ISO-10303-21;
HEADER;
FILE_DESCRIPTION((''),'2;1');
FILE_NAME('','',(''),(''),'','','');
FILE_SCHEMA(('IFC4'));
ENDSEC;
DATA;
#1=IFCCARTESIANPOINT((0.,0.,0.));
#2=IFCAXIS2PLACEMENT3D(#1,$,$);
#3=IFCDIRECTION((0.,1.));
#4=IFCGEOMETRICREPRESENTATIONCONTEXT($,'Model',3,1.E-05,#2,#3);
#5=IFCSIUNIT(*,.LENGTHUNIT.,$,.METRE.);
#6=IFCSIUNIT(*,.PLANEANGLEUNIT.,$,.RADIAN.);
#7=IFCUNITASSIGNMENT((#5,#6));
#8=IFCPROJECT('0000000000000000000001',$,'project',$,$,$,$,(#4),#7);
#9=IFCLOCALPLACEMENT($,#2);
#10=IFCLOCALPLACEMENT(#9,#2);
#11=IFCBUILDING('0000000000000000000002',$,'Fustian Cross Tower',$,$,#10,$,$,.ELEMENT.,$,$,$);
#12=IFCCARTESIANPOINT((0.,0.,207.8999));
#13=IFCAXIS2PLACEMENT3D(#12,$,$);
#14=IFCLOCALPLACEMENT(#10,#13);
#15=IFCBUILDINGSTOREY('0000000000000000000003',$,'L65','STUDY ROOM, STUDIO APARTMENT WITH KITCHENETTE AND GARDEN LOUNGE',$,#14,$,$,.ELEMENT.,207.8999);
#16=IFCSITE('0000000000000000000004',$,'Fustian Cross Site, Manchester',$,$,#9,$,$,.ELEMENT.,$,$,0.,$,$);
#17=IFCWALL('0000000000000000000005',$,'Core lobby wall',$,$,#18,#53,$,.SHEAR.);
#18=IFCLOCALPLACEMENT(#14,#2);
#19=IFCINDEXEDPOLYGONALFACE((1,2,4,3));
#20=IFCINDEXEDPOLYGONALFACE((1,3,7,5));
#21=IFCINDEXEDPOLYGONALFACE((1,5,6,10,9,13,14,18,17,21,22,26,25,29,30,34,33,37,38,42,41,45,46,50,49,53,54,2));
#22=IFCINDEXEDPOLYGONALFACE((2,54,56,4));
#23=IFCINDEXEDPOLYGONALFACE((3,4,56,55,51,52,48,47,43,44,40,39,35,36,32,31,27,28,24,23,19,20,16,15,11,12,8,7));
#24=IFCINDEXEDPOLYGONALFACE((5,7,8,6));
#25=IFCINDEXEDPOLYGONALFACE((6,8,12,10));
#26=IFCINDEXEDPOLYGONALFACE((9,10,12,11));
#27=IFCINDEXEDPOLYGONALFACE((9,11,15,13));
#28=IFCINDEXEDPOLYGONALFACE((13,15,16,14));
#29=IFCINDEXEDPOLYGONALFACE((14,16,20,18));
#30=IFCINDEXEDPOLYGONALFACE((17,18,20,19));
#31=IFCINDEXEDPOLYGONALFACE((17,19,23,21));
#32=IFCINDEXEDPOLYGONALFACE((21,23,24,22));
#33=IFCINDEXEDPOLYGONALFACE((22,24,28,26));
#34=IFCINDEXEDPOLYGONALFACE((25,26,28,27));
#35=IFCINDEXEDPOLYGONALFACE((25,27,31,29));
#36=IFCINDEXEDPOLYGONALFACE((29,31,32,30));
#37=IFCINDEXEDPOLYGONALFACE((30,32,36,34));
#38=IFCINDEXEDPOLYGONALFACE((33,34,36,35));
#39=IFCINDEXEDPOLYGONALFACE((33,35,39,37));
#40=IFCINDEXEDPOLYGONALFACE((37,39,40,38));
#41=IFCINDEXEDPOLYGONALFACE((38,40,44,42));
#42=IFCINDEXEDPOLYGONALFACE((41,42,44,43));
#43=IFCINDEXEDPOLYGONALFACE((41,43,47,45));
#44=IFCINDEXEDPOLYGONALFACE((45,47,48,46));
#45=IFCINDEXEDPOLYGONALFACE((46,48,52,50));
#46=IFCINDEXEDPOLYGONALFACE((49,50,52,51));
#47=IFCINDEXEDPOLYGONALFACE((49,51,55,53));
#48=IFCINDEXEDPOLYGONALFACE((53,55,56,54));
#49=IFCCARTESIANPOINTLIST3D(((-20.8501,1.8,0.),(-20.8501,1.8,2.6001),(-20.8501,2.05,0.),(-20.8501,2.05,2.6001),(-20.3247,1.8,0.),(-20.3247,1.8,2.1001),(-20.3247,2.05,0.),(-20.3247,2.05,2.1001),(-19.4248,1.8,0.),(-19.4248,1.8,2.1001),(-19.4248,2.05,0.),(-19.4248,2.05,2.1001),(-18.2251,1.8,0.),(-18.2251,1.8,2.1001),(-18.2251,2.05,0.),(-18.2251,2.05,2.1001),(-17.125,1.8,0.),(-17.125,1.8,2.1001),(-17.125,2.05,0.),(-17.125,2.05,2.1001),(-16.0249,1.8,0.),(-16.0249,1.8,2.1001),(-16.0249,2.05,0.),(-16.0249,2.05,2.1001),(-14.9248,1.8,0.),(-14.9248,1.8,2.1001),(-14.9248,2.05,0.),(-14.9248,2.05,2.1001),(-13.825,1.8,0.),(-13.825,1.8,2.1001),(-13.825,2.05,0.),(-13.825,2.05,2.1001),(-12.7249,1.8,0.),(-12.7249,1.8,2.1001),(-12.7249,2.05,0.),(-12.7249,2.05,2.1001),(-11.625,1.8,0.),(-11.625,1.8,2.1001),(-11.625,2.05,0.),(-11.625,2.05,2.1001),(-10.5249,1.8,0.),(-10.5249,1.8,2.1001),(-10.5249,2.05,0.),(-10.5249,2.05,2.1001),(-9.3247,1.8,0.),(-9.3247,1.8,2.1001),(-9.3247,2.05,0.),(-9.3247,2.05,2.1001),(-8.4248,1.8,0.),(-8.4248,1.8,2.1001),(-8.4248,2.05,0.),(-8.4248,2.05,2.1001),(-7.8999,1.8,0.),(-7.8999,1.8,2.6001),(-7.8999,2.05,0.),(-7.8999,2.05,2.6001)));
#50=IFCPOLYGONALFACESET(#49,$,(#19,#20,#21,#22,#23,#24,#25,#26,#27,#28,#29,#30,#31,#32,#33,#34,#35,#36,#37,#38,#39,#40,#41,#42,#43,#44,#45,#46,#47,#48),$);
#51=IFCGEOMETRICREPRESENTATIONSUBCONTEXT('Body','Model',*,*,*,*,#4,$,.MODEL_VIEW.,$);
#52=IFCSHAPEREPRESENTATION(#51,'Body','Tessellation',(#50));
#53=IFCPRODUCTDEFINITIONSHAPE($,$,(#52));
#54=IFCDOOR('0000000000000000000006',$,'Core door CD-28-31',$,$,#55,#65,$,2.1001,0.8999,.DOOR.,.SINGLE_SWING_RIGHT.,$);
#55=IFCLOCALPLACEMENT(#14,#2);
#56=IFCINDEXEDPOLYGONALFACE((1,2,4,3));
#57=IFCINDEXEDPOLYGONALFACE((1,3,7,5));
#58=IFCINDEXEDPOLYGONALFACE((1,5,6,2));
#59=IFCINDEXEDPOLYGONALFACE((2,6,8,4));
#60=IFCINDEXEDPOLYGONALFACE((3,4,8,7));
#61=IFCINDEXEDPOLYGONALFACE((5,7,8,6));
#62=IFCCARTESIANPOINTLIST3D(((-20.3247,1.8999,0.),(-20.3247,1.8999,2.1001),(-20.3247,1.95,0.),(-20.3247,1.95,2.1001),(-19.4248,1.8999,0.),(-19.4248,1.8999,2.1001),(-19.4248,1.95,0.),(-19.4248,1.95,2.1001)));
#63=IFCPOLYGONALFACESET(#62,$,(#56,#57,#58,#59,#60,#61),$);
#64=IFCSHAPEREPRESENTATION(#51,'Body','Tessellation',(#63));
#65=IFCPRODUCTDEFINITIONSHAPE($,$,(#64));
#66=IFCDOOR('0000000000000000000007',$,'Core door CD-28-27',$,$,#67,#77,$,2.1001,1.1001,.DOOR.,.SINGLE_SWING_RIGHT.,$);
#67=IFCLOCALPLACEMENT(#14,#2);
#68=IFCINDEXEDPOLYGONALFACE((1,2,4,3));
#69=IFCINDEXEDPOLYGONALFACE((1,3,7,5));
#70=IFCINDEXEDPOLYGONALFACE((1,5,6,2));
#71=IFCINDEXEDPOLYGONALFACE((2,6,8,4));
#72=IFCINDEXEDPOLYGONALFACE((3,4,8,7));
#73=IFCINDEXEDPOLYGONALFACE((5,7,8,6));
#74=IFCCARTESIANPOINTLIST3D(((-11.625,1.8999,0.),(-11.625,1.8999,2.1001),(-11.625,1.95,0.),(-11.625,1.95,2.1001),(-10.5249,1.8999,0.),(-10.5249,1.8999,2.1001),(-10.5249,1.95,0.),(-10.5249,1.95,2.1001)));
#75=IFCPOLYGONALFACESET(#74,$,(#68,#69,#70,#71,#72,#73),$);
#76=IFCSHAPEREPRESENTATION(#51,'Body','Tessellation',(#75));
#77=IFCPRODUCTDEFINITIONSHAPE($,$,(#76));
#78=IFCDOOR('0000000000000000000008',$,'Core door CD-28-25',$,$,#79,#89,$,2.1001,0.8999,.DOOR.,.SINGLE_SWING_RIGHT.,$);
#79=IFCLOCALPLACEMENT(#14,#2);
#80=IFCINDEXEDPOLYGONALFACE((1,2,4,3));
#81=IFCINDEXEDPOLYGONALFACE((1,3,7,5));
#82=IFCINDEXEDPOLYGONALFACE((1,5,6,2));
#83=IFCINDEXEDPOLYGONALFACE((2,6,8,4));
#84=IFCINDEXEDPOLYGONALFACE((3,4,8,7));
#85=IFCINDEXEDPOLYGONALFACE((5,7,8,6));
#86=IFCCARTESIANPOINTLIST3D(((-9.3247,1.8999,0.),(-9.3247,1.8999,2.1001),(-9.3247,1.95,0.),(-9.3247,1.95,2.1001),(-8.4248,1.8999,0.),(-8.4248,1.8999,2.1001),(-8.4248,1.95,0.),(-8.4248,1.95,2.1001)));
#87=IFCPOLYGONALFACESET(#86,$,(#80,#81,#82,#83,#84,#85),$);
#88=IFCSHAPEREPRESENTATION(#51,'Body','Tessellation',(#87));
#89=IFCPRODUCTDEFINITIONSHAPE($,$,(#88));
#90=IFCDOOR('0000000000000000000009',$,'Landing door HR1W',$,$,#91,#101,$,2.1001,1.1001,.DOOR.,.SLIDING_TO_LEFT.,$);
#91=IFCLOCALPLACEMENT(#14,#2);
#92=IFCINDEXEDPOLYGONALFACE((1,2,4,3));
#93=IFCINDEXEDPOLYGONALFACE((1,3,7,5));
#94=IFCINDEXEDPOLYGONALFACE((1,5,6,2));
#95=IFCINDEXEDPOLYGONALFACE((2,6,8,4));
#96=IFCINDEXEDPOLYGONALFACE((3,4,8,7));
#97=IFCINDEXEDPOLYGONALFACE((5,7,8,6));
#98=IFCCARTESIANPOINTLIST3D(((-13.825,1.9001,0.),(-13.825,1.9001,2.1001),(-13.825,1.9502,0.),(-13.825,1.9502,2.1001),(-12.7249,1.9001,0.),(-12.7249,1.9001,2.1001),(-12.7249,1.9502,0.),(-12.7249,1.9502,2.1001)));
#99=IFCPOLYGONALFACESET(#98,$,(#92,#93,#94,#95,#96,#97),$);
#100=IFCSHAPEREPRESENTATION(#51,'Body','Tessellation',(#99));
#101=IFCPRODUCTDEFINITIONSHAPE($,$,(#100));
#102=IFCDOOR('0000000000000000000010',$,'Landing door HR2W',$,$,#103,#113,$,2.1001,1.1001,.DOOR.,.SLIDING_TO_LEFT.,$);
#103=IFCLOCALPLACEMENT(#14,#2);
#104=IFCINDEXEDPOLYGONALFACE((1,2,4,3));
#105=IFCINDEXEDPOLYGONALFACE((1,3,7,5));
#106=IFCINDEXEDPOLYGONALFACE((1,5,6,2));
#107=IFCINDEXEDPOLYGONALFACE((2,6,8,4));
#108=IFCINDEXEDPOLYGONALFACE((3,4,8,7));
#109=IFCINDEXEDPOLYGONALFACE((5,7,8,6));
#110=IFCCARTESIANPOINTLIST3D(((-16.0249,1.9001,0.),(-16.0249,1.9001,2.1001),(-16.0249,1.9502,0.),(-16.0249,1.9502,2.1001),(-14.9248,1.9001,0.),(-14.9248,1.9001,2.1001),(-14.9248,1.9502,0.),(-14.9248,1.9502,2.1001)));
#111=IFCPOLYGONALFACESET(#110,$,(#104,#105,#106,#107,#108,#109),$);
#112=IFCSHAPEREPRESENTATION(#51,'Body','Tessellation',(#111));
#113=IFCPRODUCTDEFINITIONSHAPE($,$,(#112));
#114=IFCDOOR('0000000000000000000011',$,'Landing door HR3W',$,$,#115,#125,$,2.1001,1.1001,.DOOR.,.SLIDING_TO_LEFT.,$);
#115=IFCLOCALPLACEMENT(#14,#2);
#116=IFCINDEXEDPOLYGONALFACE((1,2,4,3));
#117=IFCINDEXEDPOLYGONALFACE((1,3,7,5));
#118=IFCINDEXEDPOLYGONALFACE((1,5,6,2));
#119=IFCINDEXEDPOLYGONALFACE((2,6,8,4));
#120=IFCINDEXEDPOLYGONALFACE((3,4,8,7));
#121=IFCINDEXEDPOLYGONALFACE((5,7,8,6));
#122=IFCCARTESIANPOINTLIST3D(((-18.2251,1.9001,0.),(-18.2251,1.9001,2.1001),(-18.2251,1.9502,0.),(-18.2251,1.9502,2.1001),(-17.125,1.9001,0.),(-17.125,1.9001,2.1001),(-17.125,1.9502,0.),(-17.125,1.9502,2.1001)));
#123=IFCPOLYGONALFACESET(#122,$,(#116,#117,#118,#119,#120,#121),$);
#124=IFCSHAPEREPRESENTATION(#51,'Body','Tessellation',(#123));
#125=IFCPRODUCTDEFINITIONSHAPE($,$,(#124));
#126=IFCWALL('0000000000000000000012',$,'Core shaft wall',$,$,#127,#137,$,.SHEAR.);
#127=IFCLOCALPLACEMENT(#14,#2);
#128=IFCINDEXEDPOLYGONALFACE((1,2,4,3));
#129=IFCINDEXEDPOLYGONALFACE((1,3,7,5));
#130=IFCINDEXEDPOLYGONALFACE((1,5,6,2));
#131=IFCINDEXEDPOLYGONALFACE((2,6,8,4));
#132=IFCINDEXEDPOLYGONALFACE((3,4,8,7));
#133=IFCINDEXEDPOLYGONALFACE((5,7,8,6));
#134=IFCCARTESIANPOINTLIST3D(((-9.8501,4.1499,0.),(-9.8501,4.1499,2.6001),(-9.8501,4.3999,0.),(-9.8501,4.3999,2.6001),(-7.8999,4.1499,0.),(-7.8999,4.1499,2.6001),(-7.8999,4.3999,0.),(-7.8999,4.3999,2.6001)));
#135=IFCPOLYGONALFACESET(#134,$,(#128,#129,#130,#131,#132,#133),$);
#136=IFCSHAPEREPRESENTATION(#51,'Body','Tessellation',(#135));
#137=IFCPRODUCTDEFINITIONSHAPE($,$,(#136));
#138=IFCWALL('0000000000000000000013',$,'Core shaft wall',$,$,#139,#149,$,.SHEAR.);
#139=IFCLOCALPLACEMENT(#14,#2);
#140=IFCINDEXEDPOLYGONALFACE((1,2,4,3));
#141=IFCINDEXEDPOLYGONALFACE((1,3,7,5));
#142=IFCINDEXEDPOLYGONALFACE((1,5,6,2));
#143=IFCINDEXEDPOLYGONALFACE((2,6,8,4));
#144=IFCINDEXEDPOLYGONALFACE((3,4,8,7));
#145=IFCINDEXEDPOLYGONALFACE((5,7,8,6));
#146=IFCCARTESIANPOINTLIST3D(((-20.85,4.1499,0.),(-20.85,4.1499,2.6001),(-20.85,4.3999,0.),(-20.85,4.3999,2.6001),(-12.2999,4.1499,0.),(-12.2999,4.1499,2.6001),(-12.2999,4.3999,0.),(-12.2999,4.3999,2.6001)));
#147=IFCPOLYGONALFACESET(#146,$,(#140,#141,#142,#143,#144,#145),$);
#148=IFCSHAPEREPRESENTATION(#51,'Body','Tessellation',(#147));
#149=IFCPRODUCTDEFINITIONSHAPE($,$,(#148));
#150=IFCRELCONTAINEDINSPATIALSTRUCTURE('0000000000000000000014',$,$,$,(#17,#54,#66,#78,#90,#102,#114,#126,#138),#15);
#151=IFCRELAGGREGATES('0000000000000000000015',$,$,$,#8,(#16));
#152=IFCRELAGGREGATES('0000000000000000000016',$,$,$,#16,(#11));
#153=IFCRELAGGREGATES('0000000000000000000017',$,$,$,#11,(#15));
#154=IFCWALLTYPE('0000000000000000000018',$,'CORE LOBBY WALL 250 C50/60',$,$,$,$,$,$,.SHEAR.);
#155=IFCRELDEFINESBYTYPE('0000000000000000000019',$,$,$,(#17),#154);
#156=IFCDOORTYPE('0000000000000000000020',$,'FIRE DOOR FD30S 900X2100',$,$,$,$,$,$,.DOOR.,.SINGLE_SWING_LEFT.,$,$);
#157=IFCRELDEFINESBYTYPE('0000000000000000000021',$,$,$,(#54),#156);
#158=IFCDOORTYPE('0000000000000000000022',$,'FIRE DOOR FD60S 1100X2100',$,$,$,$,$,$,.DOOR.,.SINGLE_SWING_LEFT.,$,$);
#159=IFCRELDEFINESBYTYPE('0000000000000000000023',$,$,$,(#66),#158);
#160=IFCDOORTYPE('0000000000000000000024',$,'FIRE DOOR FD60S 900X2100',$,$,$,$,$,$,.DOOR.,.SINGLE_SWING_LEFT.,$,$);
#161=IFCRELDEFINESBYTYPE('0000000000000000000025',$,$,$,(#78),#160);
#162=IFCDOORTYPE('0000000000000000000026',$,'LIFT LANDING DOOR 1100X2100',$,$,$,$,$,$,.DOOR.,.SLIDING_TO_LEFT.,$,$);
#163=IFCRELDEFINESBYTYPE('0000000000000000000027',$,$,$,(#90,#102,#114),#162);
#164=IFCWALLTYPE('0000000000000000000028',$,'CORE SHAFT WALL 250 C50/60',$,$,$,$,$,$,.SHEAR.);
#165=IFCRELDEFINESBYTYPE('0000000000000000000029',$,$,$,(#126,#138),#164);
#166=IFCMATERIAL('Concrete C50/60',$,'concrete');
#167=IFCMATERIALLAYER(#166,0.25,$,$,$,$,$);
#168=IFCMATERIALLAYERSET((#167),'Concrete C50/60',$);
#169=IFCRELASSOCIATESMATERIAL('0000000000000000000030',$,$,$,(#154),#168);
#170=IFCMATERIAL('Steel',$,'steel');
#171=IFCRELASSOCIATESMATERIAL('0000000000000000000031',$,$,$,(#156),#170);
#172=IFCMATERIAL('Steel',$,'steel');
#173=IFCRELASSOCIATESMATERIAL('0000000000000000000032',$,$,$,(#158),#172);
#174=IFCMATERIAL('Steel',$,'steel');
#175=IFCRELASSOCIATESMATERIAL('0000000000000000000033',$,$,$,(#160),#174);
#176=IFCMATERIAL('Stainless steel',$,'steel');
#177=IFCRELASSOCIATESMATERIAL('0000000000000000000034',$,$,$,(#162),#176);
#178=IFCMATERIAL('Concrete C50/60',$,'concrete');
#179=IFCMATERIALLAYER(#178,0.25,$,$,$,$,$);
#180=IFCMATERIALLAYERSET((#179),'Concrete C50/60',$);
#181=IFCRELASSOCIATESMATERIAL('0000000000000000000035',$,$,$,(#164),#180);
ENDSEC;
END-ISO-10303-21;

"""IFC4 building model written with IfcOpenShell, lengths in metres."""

from ifc_helpers import new_model, si_unit, direction, frame, frame_2d, origin, place, context, subcontext, project, spatial, rectangle, extrude, material, layer, layer_set, type_object, element, fill, save


model = new_model("IFC4")

# Units and contexts
model_context = context("Model", 3, precision=1e-05, world=origin(), true_north=direction((0.0, 1.0)))
body_context = subcontext(model_context, "Body", "Model", "MODEL_VIEW")
ifc_project = project(units=[si_unit("LENGTHUNIT", "METRE"), si_unit("PLANEANGLEUNIT", "RADIAN")], contexts=[model_context])

# Site, building, storey
site_placement = place(None, origin())
site = spatial("IfcSite", under=ifc_project, at=site_placement, Name="Fustian Cross Site, Manchester", CompositionType="ELEMENT", RefElevation=0.0)
building_placement = place(site_placement, origin())
building = spatial("IfcBuilding", under=site, at=building_placement, Name="Fustian Cross Tower", CompositionType="ELEMENT")
storey_placement = place(building_placement, frame((0.0, 0.0, 207.8999)))
storey = spatial("IfcBuildingStorey", under=building, at=storey_placement, Name="L65", Description="STUDY ROOM, STUDIO APARTMENT WITH KITCHENETTE AND GARDEN LOUNGE", CompositionType="ELEMENT", Elevation=207.8999)

# Wall, openings, doors
ifc_material_1 = material(Name="Concrete C50/60", Category="concrete")
ifc_layer_1 = layer(ifc_material_1, 0.25)
ifc_layer_set_1 = layer_set([ifc_layer_1], Name="Concrete C50/60")
wall_type_1 = type_object("IfcWallType", Name="CORE LOBBY WALL 250 C50/60", PredefinedType="SHEAR", material=ifc_layer_set_1)
wall_1_placement = place(storey_placement, frame((-7.8999, 1.925, 0.0), z_axis=(0.0, 0.0, 1.0), x_axis=(-1.0, 0.0, 0.0)))
wall_1 = element("IfcWall", 1, at=wall_1_placement, inside=storey, type_object=wall_type_1, Name="Core lobby wall", PredefinedType="SHEAR", context=body_context, shape_type="SweptSolid", body=[
    extrude(rectangle(XDim=12.9502, YDim=0.25, at=frame_2d((6.4751, 0.0))), origin(), (0.0, 0.0, 1.0), 2.6001),
])
opening_1_placement = place(wall_1_placement, frame((4.825, 0.0, 0.0)))
opening_1 = element("IfcOpeningElement", 2, at=opening_1_placement, cuts=wall_1, PredefinedType="OPENING", context=body_context, shape_type="SweptSolid", body=[
    extrude(rectangle(XDim=1.1001, YDim=2.1001, at=frame_2d((0.55, 1.05))), frame((0.0, 0.135, 0.0), z_axis=(0.0, -1.0, 0.0), x_axis=(1.0, 0.0, 0.0)), (0.0, 0.0, 1.0), 0.27),
])
opening_2_placement = place(wall_1_placement, frame((7.0249, 0.0, 0.0)))
opening_2 = element("IfcOpeningElement", 3, at=opening_2_placement, cuts=wall_1, PredefinedType="OPENING", context=body_context, shape_type="SweptSolid", body=[
    extrude(rectangle(XDim=1.1001, YDim=2.1001, at=frame_2d((0.55, 1.05))), frame((0.0, 0.135, 0.0), z_axis=(0.0, -1.0, 0.0), x_axis=(1.0, 0.0, 0.0)), (0.0, 0.0, 1.0), 0.27),
])
opening_3_placement = place(wall_1_placement, frame((9.2251, 0.0, 0.0)))
opening_3 = element("IfcOpeningElement", 4, at=opening_3_placement, cuts=wall_1, PredefinedType="OPENING", context=body_context, shape_type="SweptSolid", body=[
    extrude(rectangle(XDim=1.1001, YDim=2.1001, at=frame_2d((0.55, 1.05))), frame((0.0, 0.135, 0.0), z_axis=(0.0, -1.0, 0.0), x_axis=(1.0, 0.0, 0.0)), (0.0, 0.0, 1.0), 0.27),
])
opening_4_placement = place(wall_1_placement, frame((0.5249, 0.0, 0.0)))
opening_4 = element("IfcOpeningElement", 5, at=opening_4_placement, cuts=wall_1, PredefinedType="OPENING", context=body_context, shape_type="SweptSolid", body=[
    extrude(rectangle(XDim=0.8999, YDim=2.1001, at=frame_2d((0.45, 1.05))), frame((0.0, 0.135, 0.0), z_axis=(0.0, -1.0, 0.0), x_axis=(1.0, 0.0, 0.0)), (0.0, 0.0, 1.0), 0.27),
])
opening_5_placement = place(wall_1_placement, frame((2.625, 0.0, 0.0)))
opening_5 = element("IfcOpeningElement", 6, at=opening_5_placement, cuts=wall_1, PredefinedType="OPENING", context=body_context, shape_type="SweptSolid", body=[
    extrude(rectangle(XDim=1.1001, YDim=2.1001, at=frame_2d((0.55, 1.05))), frame((0.0, 0.135, 0.0), z_axis=(0.0, -1.0, 0.0), x_axis=(1.0, 0.0, 0.0)), (0.0, 0.0, 1.0), 0.27),
])
opening_6_placement = place(wall_1_placement, frame((11.5249, 0.0, 0.0)))
opening_6 = element("IfcOpeningElement", 7, at=opening_6_placement, cuts=wall_1, PredefinedType="OPENING", context=body_context, shape_type="SweptSolid", body=[
    extrude(rectangle(XDim=0.8999, YDim=2.1001, at=frame_2d((0.45, 1.05))), frame((0.0, 0.135, 0.0), z_axis=(0.0, -1.0, 0.0), x_axis=(1.0, 0.0, 0.0)), (0.0, 0.0, 1.0), 0.27),
])
ifc_material_2 = material(Name="Steel", Category="steel")
door_type_1 = type_object("IfcDoorType", Name="FIRE DOOR FD30S 900X2100", OperationType="SINGLE_SWING_LEFT", PredefinedType="DOOR", material=ifc_material_2)
door_1_placement = place(opening_6_placement, frame((0.8999, 0.0, 0.0), z_axis=(0.0, 0.0, 1.0), x_axis=(-1.0, 0.0, 0.0)))
door_1 = element("IfcDoor", 8, at=door_1_placement, inside=storey, type_object=door_type_1, Name="Core door CD-28-31", OperationType="SINGLE_SWING_RIGHT", OverallHeight=2.1001, OverallWidth=0.8999, PredefinedType="DOOR", context=body_context, shape_type="SweptSolid", body=[
    extrude(rectangle(XDim=0.8999, YDim=2.1001, at=frame_2d((0.45, 1.05))), frame((0.0, 0.0249, 0.0), z_axis=(0.0, -1.0, 0.0), x_axis=(1.0, 0.0, 0.0)), (0.0, 0.0, 1.0), 0.05),
])
fill(opening_6, door_1)
ifc_material_3 = material(Name="Steel", Category="steel")
door_type_2 = type_object("IfcDoorType", Name="FIRE DOOR FD60S 1100X2100", OperationType="SINGLE_SWING_LEFT", PredefinedType="DOOR", material=ifc_material_3)
door_2_placement = place(opening_5_placement, frame((1.1001, 0.0, 0.0), z_axis=(0.0, 0.0, 1.0), x_axis=(-1.0, 0.0, 0.0)))
door_2 = element("IfcDoor", 9, at=door_2_placement, inside=storey, type_object=door_type_2, Name="Core door CD-28-27", OperationType="SINGLE_SWING_RIGHT", OverallHeight=2.1001, OverallWidth=1.1001, PredefinedType="DOOR", context=body_context, shape_type="SweptSolid", body=[
    extrude(rectangle(XDim=1.1001, YDim=2.1001, at=frame_2d((0.55, 1.05))), frame((0.0, 0.0249, 0.0), z_axis=(0.0, -1.0, 0.0), x_axis=(1.0, 0.0, 0.0)), (0.0, 0.0, 1.0), 0.05),
])
fill(opening_5, door_2)
ifc_material_4 = material(Name="Steel", Category="steel")
door_type_3 = type_object("IfcDoorType", Name="FIRE DOOR FD60S 900X2100", OperationType="SINGLE_SWING_LEFT", PredefinedType="DOOR", material=ifc_material_4)
door_3_placement = place(opening_4_placement, frame((0.8999, 0.0, 0.0), z_axis=(0.0, 0.0, 1.0), x_axis=(-1.0, 0.0, 0.0)))
door_3 = element("IfcDoor", 10, at=door_3_placement, inside=storey, type_object=door_type_3, Name="Core door CD-28-25", OperationType="SINGLE_SWING_RIGHT", OverallHeight=2.1001, OverallWidth=0.8999, PredefinedType="DOOR", context=body_context, shape_type="SweptSolid", body=[
    extrude(rectangle(XDim=0.8999, YDim=2.1001, at=frame_2d((0.45, 1.05))), frame((0.0, 0.0249, 0.0), z_axis=(0.0, -1.0, 0.0), x_axis=(1.0, 0.0, 0.0)), (0.0, 0.0, 1.0), 0.05),
])
fill(opening_4, door_3)
ifc_material_5 = material(Name="Stainless steel", Category="steel")
door_type_4 = type_object("IfcDoorType", Name="LIFT LANDING DOOR 1100X2100", OperationType="SLIDING_TO_LEFT", PredefinedType="DOOR", material=ifc_material_5)
door_4_placement = place(opening_1_placement, origin())
door_4 = element("IfcDoor", 11, at=door_4_placement, inside=storey, type_object=door_type_4, Name="Landing door HR1W", OperationType="SLIDING_TO_LEFT", OverallHeight=2.1001, OverallWidth=1.1001, PredefinedType="DOOR", context=body_context, shape_type="SweptSolid", body=[
    extrude(rectangle(XDim=1.1001, YDim=2.1001, at=frame_2d((0.55, 1.05))), frame((0.0, 0.0249, 0.0), z_axis=(0.0, -1.0, 0.0), x_axis=(1.0, 0.0, 0.0)), (0.0, 0.0, 1.0), 0.05),
])
fill(opening_1, door_4)
door_5_placement = place(opening_2_placement, origin())
door_5 = element("IfcDoor", 12, at=door_5_placement, inside=storey, type_object=door_type_4, Name="Landing door HR2W", OperationType="SLIDING_TO_LEFT", OverallHeight=2.1001, OverallWidth=1.1001, PredefinedType="DOOR", context=body_context, shape_type="SweptSolid", body=[
    extrude(rectangle(XDim=1.1001, YDim=2.1001, at=frame_2d((0.55, 1.05))), frame((0.0, 0.0249, 0.0), z_axis=(0.0, -1.0, 0.0), x_axis=(1.0, 0.0, 0.0)), (0.0, 0.0, 1.0), 0.05),
])
fill(opening_2, door_5)
door_6_placement = place(opening_3_placement, origin())
door_6 = element("IfcDoor", 13, at=door_6_placement, inside=storey, type_object=door_type_4, Name="Landing door HR3W", OperationType="SLIDING_TO_LEFT", OverallHeight=2.1001, OverallWidth=1.1001, PredefinedType="DOOR", context=body_context, shape_type="SweptSolid", body=[
    extrude(rectangle(XDim=1.1001, YDim=2.1001, at=frame_2d((0.55, 1.05))), frame((0.0, 0.0249, 0.0), z_axis=(0.0, -1.0, 0.0), x_axis=(1.0, 0.0, 0.0)), (0.0, 0.0, 1.0), 0.05),
])
fill(opening_3, door_6)

# Walls
ifc_material_6 = material(Name="Concrete C50/60", Category="concrete")
ifc_layer_2 = layer(ifc_material_6, 0.25)
ifc_layer_set_2 = layer_set([ifc_layer_2], Name="Concrete C50/60")
wall_type_2 = type_object("IfcWallType", Name="CORE SHAFT WALL 250 C50/60", PredefinedType="SHEAR", material=ifc_layer_set_2)
wall_2_placement = place(storey_placement, frame((-7.8999, 4.2749, 0.0), z_axis=(0.0, 0.0, 1.0), x_axis=(-1.0, 0.0, 0.0)))
element("IfcWall", 14, at=wall_2_placement, inside=storey, type_object=wall_type_2, Name="Core shaft wall", PredefinedType="SHEAR", context=body_context, shape_type="SweptSolid", body=[
    extrude(rectangle(XDim=1.9502, YDim=0.25, at=frame_2d((0.9751, 0.0))), origin(), (0.0, 0.0, 1.0), 2.6001),
])
wall_3_placement = place(storey_placement, frame((-12.3, 4.2749, 0.0), z_axis=(0.0, 0.0, 1.0), x_axis=(-1.0, 0.0, 0.0)))
element("IfcWall", 15, at=wall_3_placement, inside=storey, type_object=wall_type_2, Name="Core shaft wall", PredefinedType="SHEAR", context=body_context, shape_type="SweptSolid", body=[
    extrude(rectangle(XDim=8.55, YDim=0.25, at=frame_2d((4.2749, 0.0))), origin(), (0.0, 0.0, 1.0), 2.6001),
])

save(model, "model.ifc")
